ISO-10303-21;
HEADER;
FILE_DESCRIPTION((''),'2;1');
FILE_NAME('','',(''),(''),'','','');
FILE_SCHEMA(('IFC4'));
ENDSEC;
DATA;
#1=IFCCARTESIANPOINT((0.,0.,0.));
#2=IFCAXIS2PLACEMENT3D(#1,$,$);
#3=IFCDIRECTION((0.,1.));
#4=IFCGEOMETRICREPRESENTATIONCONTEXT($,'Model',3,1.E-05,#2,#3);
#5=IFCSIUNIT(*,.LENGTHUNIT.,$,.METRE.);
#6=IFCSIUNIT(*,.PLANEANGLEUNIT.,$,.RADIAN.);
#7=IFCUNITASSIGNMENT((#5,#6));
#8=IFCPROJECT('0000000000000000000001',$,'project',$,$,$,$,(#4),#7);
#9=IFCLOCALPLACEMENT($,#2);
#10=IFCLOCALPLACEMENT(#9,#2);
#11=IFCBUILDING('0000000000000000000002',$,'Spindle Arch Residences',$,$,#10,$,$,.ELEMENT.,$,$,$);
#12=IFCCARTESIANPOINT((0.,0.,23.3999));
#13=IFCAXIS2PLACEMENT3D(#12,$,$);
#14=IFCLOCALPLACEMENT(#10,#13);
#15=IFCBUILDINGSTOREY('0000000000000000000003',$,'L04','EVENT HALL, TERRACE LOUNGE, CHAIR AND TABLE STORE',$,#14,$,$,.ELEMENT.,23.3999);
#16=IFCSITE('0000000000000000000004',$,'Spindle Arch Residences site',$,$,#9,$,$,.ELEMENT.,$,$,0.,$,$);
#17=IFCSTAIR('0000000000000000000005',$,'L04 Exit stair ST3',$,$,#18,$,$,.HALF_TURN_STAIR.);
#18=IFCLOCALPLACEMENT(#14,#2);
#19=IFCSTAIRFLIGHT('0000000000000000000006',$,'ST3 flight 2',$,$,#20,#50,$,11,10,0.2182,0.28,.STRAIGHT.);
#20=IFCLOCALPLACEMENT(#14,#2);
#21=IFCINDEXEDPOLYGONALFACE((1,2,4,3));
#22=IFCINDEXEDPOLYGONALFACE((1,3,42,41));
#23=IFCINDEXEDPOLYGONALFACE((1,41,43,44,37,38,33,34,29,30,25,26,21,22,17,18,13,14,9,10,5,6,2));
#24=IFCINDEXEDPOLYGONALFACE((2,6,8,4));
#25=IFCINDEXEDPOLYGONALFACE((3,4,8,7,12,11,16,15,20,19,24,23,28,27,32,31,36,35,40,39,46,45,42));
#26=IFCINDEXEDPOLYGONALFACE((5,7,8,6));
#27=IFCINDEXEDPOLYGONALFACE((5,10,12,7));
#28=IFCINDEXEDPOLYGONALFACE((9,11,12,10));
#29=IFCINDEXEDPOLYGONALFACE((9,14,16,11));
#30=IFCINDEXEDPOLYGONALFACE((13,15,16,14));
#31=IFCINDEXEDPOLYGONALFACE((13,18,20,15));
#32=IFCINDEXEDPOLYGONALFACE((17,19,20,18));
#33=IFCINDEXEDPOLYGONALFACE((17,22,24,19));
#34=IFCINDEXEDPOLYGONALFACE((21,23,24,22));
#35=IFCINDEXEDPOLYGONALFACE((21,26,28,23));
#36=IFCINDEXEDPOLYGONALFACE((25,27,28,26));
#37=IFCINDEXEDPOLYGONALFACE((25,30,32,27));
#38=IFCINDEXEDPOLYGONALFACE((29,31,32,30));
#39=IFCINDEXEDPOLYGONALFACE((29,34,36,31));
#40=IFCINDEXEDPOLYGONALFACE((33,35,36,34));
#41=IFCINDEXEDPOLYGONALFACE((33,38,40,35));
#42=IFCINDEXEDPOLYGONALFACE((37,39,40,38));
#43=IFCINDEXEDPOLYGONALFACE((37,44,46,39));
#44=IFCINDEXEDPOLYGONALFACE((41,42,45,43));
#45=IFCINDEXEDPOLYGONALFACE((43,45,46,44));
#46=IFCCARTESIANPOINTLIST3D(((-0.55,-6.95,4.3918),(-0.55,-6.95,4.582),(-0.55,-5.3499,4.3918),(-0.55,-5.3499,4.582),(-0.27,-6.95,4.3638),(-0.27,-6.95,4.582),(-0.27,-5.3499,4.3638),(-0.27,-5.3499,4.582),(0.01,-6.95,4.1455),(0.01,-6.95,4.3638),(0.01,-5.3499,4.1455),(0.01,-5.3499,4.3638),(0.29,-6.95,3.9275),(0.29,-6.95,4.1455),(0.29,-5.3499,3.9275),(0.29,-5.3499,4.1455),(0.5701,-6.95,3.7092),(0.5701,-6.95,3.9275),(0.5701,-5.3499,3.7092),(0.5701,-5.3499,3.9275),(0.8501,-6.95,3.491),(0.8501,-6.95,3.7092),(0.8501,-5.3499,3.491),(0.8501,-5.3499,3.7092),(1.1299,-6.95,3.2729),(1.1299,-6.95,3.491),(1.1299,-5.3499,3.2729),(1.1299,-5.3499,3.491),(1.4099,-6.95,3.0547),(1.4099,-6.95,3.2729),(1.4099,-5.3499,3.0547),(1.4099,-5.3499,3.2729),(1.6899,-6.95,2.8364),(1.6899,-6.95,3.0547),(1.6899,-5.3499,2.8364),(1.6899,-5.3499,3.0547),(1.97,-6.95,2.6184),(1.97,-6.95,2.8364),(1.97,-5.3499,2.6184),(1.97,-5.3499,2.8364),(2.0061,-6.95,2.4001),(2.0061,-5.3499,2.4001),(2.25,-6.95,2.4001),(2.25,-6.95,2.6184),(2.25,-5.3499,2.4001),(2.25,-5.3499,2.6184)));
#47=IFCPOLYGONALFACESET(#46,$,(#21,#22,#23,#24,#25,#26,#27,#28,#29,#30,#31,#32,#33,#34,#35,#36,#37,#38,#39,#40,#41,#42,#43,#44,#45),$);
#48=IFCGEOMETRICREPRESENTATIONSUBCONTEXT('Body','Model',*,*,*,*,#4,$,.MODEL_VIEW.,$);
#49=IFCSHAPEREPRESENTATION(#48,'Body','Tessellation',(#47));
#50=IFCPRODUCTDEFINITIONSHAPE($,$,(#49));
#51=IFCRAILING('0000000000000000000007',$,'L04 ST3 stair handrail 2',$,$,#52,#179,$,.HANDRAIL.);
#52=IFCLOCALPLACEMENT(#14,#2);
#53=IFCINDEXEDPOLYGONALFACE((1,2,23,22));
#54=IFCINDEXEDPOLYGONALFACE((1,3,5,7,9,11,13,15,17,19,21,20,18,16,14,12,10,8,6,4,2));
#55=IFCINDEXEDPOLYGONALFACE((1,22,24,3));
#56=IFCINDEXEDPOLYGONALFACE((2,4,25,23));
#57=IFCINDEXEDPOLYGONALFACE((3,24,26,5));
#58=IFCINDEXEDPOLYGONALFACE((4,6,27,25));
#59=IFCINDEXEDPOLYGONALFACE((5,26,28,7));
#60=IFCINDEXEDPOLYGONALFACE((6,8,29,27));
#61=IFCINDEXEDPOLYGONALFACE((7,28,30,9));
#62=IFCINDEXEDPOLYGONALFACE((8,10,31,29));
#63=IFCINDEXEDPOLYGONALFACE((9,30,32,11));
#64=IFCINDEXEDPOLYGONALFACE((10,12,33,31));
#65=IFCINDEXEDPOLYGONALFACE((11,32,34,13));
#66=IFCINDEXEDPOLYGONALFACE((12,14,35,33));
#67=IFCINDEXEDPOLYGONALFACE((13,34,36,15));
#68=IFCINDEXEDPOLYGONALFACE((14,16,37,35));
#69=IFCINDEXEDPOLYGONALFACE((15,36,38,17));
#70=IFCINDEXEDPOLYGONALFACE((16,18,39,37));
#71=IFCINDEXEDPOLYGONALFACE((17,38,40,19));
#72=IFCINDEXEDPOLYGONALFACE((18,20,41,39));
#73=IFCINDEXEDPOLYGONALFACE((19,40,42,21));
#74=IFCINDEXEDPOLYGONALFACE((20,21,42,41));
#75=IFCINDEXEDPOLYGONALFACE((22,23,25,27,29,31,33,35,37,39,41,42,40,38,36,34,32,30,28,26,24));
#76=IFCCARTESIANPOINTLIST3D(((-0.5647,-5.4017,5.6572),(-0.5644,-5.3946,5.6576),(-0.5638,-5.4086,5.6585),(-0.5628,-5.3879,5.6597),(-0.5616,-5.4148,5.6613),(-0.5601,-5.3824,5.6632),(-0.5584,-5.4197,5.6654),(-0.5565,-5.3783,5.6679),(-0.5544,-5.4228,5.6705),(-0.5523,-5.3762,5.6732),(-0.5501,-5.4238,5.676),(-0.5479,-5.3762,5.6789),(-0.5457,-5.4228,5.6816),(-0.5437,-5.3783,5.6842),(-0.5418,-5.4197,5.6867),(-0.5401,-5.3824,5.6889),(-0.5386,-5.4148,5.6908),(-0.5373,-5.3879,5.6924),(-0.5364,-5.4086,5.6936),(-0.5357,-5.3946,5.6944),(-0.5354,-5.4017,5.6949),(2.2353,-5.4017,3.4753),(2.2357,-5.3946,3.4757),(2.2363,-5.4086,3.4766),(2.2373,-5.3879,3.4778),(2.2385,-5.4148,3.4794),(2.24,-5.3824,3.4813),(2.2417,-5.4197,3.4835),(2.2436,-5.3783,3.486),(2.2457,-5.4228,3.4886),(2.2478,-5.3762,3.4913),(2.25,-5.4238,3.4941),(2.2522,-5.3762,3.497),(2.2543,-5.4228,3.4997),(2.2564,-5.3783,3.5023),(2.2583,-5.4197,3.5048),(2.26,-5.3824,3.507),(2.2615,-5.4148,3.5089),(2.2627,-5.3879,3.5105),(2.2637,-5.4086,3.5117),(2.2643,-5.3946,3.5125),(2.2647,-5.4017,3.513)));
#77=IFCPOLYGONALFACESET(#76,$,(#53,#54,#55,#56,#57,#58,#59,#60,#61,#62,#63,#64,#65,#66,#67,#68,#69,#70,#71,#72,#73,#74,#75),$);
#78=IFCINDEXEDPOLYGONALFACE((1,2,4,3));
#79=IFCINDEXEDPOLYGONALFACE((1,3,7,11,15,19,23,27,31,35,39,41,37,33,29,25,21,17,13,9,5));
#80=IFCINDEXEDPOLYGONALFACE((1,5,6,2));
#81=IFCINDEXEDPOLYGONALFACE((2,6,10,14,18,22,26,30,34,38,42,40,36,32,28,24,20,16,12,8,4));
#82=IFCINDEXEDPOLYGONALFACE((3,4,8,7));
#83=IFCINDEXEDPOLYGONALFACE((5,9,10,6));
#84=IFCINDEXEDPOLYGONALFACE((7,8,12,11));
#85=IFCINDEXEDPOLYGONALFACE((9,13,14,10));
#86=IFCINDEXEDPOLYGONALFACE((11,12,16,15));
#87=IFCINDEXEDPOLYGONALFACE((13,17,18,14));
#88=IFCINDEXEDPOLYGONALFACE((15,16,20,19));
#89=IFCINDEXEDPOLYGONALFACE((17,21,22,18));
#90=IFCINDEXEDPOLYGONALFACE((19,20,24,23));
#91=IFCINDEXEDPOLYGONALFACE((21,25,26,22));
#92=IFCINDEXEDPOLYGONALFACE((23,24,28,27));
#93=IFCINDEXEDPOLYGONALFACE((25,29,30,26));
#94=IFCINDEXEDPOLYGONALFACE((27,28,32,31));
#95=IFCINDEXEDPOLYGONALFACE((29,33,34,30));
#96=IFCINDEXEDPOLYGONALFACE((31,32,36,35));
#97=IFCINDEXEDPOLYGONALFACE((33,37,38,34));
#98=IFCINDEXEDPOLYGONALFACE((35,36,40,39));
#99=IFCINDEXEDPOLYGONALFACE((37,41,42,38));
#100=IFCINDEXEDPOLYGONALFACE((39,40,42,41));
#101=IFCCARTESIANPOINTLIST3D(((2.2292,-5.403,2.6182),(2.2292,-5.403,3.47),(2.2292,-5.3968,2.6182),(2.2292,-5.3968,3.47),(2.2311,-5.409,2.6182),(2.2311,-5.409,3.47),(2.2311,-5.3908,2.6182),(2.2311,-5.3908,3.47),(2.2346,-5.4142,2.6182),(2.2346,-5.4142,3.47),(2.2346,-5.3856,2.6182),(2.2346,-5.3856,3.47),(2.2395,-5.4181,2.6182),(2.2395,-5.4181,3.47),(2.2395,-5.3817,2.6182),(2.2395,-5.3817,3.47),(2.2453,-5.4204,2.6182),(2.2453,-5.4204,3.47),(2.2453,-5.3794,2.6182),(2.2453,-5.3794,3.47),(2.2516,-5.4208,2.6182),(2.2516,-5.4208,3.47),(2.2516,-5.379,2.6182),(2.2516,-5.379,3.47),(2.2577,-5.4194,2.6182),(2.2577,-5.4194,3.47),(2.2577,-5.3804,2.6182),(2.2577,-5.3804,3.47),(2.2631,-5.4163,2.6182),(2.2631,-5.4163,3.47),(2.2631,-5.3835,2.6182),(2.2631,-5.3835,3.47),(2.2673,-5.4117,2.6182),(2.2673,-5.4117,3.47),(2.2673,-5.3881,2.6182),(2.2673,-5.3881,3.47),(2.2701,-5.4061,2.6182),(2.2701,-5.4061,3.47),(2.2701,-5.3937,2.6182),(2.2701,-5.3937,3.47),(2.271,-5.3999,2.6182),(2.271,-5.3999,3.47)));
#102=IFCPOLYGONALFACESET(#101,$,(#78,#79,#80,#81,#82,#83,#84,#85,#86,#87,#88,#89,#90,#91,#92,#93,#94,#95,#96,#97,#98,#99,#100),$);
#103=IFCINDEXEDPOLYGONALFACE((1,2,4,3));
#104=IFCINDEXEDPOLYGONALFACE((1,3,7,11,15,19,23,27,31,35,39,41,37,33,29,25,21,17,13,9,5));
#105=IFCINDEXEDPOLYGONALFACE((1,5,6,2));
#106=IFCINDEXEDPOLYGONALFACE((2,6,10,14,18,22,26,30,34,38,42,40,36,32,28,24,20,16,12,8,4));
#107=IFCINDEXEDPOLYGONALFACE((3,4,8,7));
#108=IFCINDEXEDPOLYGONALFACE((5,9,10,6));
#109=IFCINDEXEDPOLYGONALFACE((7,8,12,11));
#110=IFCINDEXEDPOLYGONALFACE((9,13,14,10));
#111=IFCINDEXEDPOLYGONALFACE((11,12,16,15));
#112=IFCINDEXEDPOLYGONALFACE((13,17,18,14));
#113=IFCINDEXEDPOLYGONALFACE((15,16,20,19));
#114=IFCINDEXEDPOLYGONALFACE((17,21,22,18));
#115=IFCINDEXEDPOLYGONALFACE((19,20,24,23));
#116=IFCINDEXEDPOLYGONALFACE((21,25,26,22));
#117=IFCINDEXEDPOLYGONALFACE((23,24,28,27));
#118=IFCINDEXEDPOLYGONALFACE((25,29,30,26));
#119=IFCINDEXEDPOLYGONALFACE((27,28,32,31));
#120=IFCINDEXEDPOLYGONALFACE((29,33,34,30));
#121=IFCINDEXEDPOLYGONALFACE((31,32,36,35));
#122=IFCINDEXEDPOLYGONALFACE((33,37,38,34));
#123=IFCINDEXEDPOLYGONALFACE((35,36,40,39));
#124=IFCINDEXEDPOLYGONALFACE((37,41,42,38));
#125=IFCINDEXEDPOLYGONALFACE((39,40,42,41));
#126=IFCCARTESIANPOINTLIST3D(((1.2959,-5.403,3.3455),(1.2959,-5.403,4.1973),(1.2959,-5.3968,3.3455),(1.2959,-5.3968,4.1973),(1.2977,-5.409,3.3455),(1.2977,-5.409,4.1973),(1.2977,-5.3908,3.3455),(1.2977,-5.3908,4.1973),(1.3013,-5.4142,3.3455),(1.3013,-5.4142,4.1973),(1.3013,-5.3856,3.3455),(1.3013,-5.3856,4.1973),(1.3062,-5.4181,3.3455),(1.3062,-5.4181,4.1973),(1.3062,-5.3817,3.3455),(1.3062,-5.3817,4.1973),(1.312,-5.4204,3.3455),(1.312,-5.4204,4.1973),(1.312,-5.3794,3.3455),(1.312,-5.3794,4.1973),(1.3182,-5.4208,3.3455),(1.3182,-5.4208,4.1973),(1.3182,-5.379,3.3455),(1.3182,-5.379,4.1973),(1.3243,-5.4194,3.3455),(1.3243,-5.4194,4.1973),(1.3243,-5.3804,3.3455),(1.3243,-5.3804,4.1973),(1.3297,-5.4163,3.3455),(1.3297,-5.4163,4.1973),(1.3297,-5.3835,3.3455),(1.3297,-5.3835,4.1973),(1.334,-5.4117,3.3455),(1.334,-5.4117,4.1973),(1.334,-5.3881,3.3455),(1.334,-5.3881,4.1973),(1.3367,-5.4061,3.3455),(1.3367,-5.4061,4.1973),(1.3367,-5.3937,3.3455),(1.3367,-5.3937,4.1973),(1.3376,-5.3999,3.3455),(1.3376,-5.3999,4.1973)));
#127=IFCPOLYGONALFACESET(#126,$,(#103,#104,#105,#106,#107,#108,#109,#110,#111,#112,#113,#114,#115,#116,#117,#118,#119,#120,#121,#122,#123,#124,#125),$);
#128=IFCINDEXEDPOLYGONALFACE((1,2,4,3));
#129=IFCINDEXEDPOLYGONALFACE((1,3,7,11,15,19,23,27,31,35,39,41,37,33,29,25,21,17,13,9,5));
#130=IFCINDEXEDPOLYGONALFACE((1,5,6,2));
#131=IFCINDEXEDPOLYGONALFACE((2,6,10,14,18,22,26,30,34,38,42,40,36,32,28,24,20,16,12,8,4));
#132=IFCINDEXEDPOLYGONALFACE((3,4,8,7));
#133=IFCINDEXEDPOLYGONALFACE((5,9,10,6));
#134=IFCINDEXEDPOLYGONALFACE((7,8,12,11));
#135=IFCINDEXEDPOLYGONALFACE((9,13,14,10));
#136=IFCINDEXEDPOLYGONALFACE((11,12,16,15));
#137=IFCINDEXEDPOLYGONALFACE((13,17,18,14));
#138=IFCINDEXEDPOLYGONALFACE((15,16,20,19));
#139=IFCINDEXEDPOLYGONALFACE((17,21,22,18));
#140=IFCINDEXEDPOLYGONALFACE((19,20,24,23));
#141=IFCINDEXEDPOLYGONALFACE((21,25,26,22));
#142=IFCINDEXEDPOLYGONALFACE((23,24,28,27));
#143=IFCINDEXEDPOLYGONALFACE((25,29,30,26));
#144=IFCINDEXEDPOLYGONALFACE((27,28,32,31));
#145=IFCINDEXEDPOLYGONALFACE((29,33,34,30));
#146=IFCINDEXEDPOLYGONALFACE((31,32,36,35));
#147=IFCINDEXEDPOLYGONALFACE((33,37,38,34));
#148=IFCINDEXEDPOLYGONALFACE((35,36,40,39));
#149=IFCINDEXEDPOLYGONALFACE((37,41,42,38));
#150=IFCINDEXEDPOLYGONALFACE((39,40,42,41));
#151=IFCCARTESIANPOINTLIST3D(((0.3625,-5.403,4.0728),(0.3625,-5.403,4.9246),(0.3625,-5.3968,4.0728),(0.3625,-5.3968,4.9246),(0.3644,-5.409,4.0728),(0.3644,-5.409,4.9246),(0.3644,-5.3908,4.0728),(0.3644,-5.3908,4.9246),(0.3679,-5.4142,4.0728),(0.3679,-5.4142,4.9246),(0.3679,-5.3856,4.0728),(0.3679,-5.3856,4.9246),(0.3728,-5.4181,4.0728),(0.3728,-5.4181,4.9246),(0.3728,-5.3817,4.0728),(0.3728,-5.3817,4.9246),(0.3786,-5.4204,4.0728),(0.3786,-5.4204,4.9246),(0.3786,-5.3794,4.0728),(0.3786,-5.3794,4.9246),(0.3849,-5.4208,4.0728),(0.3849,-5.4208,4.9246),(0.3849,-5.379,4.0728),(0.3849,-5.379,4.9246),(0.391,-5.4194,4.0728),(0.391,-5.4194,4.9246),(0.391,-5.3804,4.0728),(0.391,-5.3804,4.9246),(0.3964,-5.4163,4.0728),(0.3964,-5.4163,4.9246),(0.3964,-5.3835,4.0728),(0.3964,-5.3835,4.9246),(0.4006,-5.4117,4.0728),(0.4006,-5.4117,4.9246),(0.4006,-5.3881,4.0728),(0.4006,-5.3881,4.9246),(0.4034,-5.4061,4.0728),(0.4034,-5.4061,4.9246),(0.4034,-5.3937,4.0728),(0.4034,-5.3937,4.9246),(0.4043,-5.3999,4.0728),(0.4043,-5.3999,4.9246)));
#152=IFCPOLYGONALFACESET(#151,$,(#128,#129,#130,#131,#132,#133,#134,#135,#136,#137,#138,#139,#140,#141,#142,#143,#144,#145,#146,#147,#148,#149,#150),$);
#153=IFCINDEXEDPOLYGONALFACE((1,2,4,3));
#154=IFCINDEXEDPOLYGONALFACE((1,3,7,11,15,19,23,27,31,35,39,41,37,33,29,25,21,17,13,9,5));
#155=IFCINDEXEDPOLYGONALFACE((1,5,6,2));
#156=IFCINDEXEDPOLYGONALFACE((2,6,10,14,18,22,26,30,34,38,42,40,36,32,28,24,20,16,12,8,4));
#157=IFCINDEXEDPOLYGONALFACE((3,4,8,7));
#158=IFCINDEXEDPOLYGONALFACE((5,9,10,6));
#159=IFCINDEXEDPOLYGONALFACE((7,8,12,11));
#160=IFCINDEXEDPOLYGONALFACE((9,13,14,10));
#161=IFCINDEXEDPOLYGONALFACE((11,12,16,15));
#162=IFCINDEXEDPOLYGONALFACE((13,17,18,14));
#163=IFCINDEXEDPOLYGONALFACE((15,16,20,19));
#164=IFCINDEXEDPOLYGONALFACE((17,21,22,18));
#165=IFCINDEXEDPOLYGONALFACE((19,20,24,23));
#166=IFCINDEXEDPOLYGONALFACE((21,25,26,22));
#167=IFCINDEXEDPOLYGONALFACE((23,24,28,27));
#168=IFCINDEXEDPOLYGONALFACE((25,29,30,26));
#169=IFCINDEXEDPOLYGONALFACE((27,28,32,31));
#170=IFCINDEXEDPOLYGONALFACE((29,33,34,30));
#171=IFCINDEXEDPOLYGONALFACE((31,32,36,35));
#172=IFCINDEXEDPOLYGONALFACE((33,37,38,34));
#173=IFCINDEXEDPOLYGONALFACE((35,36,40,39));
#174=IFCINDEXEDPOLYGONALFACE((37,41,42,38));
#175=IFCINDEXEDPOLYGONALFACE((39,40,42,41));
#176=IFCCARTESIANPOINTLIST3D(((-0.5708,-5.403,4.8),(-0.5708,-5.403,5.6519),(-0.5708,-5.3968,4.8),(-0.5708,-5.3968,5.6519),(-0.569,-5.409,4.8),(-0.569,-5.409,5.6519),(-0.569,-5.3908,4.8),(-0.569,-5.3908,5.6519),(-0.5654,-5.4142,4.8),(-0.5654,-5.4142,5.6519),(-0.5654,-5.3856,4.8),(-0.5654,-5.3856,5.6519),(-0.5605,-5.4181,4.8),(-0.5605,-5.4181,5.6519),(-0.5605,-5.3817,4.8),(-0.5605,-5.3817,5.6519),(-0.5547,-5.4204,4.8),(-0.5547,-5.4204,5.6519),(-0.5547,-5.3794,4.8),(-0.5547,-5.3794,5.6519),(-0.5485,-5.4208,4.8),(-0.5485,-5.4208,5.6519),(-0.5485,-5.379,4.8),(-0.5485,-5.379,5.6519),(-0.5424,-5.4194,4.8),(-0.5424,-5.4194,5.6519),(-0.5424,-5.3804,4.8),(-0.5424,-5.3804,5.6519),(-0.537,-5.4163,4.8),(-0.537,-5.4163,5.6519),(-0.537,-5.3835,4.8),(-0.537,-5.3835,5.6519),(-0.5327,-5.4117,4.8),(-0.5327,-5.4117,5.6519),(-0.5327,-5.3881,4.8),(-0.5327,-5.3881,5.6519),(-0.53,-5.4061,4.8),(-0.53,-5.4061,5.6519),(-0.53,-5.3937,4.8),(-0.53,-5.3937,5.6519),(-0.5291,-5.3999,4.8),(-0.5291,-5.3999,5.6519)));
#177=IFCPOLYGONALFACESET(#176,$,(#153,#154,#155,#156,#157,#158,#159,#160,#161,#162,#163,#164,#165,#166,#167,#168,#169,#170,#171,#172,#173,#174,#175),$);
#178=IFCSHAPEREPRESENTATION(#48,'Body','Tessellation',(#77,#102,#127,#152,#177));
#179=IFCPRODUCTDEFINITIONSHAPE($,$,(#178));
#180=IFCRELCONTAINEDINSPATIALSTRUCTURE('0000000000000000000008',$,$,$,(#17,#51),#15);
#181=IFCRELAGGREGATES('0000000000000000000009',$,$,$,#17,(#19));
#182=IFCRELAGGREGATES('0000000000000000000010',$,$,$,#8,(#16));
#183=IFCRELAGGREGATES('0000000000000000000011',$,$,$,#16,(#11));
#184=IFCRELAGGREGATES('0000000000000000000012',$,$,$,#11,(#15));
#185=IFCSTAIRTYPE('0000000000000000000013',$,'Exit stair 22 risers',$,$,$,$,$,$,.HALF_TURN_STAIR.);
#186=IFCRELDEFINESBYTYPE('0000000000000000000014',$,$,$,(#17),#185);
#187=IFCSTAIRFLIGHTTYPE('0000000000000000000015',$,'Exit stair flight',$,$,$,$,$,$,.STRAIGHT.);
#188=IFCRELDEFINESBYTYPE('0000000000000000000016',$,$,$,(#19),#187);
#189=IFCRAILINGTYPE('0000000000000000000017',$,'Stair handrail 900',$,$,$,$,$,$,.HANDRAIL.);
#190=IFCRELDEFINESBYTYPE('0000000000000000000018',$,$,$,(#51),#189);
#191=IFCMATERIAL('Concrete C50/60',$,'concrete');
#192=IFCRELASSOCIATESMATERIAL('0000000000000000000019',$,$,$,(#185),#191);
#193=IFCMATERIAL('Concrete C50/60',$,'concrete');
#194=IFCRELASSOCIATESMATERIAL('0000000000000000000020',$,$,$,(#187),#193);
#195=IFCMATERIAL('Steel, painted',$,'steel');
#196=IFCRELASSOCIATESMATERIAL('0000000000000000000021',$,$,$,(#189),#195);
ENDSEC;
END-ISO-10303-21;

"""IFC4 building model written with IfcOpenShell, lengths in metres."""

from ifc_helpers import new_model, si_unit, direction, frame, origin, origin_2d, place, context, subcontext, project, spatial, polyline, circle, outline, extrude, material, type_object, element, aggregate, save


model = new_model("IFC4")

# Units and contexts
model_context = context("Model", 3, precision=1e-05, world=origin(), true_north=direction((0.0, 1.0)))
body_context = subcontext(model_context, "Body", "Model", "MODEL_VIEW")
ifc_project = project(units=[si_unit("LENGTHUNIT", "METRE"), si_unit("PLANEANGLEUNIT", "RADIAN")], contexts=[model_context])

# Site, building, storey
site_placement = place(None, origin())
site = spatial("IfcSite", under=ifc_project, at=site_placement, Name="Spindle Arch Residences site", CompositionType="ELEMENT", RefElevation=0.0)
building_placement = place(site_placement, origin())
building = spatial("IfcBuilding", under=site, at=building_placement, Name="Spindle Arch Residences", CompositionType="ELEMENT")
storey_placement = place(building_placement, frame((0.0, 0.0, 23.3999)))
storey = spatial("IfcBuildingStorey", under=building, at=storey_placement, Name="L04", Description="EVENT HALL, TERRACE LOUNGE, CHAIR AND TABLE STORE", CompositionType="ELEMENT", Elevation=23.3999)

# Stair, stair flight
ifc_material_1 = material(Name="Concrete C50/60", Category="concrete")
stair_type = type_object("IfcStairType", Name="Exit stair 22 risers", PredefinedType="HALF_TURN_STAIR", material=ifc_material_1)
stair_placement = place(storey_placement, origin())
stair = element("IfcStair", 1, at=stair_placement, inside=storey, type_object=stair_type, Name="L04 Exit stair ST3", PredefinedType="HALF_TURN_STAIR")
ifc_material_2 = material(Name="Concrete C50/60", Category="concrete")
stair_flight_type = type_object("IfcStairFlightType", Name="Exit stair flight", PredefinedType="STRAIGHT", material=ifc_material_2)
stair_flight_placement = place(storey_placement, frame((2.25, -6.1499, 2.4001), z_axis=(0.0, 0.0, 1.0), x_axis=(-1.0, 0.0, 0.0)))
stair_flight = element("IfcStairFlight", 2, at=stair_flight_placement, type_object=stair_flight_type, Name="ST3 flight 2", NumberOfRisers=11, NumberOfTreads=10, PredefinedType="STRAIGHT", RiserHeight=0.2182, TreadLength=0.28, context=body_context, shape_type="SweptSolid", body=[
    extrude(outline(polyline([(0.0, 0.0), (0.0, 0.2183), (0.28, 0.2183), (0.28, 0.4363), (0.5601, 0.4363), (0.5601, 0.6545), (0.8401, 0.6545), (0.8401, 0.8728), (1.1201, 0.8728), (1.1201, 1.0908), (1.3999, 1.0908), (1.3999, 1.3091), (1.6799, 1.3091), (1.6799, 1.5273), (1.96, 1.5273), (1.96, 1.7454), (2.24, 1.7454), (2.24, 1.9636), (2.52, 1.9636), (2.52, 2.1819), (2.8, 2.1819), (2.8, 2.3999), (2.8, 1.9917), (0.2439, 0.0), (0.0, 0.0)])), frame((0.0, 0.8, 0.0), z_axis=(0.0, -1.0, 0.0), x_axis=(1.0, 0.0, 0.0)), (0.0, 0.0, 1.0), 1.6001),
])
aggregate(stair, [stair_flight])

# Railing
ifc_material_3 = material(Name="Steel, painted", Category="steel")
railing_type = type_object("IfcRailingType", Name="Stair handrail 900", PredefinedType="HANDRAIL", material=ifc_material_3)
railing_placement = place(storey_placement, frame((2.25, -5.3999, 2.6182)))
element("IfcRailing", 3, at=railing_placement, inside=storey, type_object=railing_type, Name="L04 ST3 stair handrail 2", PredefinedType="HANDRAIL", context=body_context, shape_type="SweptSolid", body=[
    extrude(circle(Radius=0.0239, at=origin_2d()), frame((0.0, 0.0, 0.876), z_axis=(-0.788796, 0.0, 0.614655), x_axis=(0.0, -1.0, 0.0)), (0.0, 0.0, 1.0), 3.5498),
    extrude(circle(Radius=0.021, at=origin_2d()), origin(), (0.0, 0.0, 1.0), 0.8518),
    extrude(circle(Radius=0.021, at=origin_2d()), frame((-0.9333, 0.0, 0.7273)), (0.0, 0.0, 1.0), 0.8518),
    extrude(circle(Radius=0.021, at=origin_2d()), frame((-1.8667, 0.0, 1.4546)), (0.0, 0.0, 1.0), 0.8518),
    extrude(circle(Radius=0.021, at=origin_2d()), frame((-2.8, 0.0, 2.1819)), (0.0, 0.0, 1.0), 0.8518),
])

save(model, "model.ifc")
